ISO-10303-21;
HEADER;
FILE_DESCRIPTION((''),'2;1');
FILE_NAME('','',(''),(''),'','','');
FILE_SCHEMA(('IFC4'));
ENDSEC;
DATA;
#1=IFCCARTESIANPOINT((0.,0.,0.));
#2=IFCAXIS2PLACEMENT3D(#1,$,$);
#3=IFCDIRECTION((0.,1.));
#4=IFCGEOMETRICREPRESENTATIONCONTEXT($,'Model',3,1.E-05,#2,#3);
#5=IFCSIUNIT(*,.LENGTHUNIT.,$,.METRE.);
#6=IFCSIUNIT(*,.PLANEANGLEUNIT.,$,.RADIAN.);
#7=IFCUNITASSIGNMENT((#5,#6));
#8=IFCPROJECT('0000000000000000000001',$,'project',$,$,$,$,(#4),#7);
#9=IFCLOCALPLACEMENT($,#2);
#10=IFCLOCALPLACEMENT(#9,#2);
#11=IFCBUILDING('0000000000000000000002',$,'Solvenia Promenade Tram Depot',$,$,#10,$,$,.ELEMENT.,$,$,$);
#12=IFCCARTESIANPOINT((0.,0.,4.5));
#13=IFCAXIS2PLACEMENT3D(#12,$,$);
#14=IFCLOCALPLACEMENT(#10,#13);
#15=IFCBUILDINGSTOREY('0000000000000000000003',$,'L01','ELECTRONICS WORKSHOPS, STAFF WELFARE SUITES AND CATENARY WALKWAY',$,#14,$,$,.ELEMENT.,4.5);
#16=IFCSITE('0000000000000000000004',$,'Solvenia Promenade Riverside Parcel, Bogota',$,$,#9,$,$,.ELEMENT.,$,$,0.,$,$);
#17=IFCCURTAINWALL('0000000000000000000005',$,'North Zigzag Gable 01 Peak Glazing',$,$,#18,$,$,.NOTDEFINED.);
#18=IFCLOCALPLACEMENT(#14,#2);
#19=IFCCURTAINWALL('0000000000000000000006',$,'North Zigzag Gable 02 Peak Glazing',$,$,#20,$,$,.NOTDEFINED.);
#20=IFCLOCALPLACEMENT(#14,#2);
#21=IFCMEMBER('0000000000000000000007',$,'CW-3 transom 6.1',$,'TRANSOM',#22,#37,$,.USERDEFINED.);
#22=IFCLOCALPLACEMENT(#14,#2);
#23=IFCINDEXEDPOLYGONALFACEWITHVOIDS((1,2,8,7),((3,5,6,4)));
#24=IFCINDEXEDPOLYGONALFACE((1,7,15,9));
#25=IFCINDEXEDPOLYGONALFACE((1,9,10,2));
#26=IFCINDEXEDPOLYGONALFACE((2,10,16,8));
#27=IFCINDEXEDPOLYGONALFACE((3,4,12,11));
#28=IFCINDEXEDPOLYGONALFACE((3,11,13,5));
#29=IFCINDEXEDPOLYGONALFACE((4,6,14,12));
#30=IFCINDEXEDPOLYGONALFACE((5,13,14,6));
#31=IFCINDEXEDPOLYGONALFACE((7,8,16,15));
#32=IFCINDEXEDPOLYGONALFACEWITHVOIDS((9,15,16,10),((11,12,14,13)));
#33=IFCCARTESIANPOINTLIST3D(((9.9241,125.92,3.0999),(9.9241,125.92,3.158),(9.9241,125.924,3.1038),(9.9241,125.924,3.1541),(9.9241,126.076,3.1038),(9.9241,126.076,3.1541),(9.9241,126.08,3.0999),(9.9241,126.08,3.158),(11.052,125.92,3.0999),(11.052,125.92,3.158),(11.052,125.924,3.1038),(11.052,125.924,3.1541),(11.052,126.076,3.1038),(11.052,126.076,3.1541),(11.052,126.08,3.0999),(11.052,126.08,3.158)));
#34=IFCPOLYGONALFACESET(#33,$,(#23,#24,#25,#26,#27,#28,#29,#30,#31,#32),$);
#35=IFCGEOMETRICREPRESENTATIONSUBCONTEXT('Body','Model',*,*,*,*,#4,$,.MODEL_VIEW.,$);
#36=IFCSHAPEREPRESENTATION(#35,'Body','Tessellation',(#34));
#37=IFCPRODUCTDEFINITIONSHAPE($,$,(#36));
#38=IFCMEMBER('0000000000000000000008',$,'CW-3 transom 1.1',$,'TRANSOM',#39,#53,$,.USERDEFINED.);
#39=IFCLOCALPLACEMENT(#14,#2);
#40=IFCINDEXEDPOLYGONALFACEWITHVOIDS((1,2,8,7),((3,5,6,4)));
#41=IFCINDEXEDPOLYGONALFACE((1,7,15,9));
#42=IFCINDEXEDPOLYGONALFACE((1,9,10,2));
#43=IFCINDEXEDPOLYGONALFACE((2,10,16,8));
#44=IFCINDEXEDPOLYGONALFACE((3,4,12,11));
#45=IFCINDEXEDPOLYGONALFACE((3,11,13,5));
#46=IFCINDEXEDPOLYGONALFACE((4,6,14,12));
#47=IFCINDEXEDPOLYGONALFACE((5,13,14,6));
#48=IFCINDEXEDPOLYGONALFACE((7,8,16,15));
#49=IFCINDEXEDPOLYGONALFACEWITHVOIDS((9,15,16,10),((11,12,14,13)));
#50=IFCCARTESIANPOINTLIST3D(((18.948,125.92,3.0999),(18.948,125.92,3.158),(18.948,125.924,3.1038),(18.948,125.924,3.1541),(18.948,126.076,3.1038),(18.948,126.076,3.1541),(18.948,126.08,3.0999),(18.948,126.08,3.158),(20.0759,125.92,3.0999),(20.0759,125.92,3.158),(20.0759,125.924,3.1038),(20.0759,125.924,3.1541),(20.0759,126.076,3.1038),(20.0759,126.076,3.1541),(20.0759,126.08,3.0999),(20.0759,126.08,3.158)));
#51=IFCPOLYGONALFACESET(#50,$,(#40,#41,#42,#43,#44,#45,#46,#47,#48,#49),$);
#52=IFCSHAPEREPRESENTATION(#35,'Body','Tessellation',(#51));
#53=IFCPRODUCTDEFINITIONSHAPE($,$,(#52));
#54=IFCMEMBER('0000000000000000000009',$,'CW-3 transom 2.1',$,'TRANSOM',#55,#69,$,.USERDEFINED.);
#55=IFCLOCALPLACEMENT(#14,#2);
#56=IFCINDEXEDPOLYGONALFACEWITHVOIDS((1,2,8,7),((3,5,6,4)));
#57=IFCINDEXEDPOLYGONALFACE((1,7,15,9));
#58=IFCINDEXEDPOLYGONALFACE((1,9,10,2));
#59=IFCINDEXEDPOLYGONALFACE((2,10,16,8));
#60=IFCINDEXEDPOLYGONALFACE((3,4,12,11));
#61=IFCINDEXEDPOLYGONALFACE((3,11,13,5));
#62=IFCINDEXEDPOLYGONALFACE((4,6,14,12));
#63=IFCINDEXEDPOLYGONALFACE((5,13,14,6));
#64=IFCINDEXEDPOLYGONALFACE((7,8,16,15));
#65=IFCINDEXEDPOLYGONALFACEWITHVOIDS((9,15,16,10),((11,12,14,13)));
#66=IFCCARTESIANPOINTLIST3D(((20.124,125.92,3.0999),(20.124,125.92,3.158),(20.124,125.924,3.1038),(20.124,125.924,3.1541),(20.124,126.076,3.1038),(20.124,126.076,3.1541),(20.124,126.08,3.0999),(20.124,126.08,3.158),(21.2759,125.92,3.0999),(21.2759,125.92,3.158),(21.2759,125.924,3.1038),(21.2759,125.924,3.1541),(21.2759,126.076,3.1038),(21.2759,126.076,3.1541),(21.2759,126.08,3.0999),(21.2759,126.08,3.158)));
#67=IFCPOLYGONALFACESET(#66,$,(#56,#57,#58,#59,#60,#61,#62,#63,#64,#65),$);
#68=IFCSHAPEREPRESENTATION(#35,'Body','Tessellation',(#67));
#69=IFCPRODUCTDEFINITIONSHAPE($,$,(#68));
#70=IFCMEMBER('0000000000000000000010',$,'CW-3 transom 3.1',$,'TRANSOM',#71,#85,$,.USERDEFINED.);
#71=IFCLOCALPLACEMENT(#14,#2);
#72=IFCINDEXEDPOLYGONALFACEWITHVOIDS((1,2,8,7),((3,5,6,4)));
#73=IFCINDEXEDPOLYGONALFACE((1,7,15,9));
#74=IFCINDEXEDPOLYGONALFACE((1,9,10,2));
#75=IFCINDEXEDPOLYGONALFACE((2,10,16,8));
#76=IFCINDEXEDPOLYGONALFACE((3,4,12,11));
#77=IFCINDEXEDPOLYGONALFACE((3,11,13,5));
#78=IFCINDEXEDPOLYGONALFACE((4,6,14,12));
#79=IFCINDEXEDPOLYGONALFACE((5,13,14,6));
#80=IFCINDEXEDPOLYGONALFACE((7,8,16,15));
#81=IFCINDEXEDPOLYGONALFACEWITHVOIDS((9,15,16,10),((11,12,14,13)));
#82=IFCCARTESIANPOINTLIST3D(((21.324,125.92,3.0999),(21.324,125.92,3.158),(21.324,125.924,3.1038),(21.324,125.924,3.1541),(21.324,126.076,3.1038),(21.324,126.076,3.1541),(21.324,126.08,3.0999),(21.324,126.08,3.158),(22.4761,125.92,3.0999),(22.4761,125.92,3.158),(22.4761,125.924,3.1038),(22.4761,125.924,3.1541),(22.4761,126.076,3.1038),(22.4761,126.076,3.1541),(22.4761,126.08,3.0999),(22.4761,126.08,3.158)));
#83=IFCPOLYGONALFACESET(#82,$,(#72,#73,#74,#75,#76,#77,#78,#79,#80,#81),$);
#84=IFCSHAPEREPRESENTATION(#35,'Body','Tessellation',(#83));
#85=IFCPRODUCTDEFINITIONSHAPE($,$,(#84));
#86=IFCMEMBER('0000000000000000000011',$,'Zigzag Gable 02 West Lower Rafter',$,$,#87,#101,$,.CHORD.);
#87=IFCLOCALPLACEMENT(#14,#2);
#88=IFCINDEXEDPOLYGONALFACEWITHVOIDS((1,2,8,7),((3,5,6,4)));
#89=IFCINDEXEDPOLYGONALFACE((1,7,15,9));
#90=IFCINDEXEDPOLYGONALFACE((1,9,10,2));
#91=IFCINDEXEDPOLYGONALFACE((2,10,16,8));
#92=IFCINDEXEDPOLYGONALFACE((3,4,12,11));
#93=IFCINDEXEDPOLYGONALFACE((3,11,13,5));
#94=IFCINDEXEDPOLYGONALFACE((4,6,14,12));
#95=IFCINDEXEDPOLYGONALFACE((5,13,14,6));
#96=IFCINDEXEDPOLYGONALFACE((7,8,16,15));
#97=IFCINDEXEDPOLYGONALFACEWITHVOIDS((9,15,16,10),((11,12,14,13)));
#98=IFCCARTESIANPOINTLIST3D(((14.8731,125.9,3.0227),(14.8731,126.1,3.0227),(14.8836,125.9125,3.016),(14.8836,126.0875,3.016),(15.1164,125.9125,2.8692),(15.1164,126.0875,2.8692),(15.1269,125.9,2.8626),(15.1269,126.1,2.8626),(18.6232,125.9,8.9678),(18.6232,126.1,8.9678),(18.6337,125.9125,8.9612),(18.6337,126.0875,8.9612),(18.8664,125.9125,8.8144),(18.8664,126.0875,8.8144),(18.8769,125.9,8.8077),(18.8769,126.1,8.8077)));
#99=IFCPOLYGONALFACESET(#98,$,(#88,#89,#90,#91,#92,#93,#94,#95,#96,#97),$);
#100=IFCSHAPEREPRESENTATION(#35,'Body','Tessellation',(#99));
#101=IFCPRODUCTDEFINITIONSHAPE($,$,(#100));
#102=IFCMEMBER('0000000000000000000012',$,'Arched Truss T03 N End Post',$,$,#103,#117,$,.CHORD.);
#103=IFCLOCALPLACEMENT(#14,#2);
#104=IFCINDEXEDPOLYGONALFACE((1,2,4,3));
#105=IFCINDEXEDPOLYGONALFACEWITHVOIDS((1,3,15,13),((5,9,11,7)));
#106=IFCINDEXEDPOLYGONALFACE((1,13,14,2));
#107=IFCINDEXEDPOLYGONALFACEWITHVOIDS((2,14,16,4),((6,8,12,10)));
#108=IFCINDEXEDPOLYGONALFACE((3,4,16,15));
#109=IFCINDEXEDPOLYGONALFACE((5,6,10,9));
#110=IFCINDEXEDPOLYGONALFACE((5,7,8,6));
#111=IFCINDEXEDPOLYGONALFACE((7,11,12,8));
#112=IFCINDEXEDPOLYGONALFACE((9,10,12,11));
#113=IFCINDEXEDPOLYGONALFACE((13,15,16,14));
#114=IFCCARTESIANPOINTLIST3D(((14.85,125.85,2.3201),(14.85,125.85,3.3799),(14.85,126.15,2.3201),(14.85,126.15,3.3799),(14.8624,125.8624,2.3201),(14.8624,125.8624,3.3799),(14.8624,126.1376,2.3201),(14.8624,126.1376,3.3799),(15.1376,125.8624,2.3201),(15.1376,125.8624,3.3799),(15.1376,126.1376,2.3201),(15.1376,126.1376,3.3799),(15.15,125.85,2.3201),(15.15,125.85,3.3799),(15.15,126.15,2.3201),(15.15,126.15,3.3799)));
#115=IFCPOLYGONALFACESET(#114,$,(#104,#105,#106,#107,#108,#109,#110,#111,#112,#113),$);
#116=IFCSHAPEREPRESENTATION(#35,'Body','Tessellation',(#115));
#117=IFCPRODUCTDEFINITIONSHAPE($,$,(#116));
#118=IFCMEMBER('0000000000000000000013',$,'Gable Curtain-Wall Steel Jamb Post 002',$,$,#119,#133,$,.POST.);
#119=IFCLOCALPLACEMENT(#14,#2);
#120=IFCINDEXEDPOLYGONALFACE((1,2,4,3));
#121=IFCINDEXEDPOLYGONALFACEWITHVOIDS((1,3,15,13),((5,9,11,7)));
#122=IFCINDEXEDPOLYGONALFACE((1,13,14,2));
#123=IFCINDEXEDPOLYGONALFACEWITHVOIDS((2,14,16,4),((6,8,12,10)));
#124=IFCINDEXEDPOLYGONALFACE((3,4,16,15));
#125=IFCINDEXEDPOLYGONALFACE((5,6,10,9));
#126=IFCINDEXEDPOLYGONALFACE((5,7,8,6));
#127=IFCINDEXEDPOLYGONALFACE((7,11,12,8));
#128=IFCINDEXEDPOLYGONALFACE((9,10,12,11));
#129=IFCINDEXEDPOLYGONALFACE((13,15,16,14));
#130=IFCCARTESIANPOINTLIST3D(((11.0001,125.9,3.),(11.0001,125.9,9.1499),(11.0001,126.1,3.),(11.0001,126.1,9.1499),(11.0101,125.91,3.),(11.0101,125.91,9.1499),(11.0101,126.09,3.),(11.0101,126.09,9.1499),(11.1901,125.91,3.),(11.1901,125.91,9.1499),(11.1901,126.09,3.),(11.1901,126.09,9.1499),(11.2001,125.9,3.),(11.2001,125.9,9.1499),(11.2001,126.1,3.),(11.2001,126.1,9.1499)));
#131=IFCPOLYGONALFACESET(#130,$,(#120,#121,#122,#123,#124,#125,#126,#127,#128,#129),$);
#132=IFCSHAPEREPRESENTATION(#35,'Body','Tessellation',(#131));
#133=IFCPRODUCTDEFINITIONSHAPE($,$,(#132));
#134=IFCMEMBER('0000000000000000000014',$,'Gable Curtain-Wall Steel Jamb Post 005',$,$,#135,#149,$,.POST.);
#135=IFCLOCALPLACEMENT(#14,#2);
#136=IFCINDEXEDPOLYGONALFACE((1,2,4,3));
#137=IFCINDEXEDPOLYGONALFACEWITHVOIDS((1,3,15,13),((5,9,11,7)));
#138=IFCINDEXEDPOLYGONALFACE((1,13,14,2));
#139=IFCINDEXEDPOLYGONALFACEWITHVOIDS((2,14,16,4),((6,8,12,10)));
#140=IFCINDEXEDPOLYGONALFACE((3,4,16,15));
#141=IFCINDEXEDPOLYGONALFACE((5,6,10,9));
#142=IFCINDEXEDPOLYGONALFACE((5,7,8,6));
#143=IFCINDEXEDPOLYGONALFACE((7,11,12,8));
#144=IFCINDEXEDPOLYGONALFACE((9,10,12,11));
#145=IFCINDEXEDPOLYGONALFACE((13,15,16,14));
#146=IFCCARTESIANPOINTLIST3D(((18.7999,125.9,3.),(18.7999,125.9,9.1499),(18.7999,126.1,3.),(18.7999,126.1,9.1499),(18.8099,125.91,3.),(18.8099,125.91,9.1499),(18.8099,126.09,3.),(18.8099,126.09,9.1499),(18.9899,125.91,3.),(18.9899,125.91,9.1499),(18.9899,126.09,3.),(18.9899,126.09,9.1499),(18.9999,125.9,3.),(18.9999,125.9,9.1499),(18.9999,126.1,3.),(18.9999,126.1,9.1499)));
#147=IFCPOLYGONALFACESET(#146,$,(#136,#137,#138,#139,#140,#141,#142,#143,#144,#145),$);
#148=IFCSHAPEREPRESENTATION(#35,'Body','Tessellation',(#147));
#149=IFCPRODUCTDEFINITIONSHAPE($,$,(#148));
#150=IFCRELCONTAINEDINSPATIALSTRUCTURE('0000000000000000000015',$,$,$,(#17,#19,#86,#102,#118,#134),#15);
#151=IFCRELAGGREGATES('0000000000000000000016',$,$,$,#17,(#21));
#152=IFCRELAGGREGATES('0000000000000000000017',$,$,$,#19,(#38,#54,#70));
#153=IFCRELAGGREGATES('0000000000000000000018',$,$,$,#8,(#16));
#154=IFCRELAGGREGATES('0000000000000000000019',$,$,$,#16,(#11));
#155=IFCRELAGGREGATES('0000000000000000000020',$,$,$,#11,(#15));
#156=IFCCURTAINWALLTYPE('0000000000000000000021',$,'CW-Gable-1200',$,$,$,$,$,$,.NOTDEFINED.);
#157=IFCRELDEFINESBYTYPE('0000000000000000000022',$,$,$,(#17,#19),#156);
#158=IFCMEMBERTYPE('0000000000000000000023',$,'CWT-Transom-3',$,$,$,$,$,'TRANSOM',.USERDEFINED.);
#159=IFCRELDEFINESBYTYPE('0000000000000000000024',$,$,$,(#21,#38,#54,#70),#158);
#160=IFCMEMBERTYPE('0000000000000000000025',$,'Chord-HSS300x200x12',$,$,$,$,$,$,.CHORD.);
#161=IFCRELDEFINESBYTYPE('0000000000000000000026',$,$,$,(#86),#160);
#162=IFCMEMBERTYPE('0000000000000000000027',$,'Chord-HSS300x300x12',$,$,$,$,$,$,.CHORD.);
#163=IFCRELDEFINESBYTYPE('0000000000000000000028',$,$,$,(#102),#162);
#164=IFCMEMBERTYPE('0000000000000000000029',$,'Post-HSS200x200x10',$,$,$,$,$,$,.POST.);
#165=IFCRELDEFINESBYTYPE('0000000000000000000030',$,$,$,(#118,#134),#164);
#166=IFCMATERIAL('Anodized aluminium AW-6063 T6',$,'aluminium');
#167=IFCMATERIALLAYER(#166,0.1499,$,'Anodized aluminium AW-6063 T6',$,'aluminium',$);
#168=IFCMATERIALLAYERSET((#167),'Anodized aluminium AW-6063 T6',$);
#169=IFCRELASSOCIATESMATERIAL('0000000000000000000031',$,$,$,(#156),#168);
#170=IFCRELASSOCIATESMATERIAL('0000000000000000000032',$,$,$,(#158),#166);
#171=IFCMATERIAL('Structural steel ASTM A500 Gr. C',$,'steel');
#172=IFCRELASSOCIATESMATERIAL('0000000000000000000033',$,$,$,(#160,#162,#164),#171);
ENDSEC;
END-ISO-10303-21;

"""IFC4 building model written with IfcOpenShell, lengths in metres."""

from ifc_helpers import new_model, si_unit, direction, frame, origin, origin_2d, place, context, subcontext, project, spatial, hollow_rectangle, extrude, material, layer, layer_set, material_profile, profile_set, type_object, element, aggregate, save


model = new_model("IFC4")

# Units and contexts
model_context = context("Model", 3, precision=1e-05, world=origin(), true_north=direction((0.0, 1.0)))
body_context = subcontext(model_context, "Body", "Model", "MODEL_VIEW")
ifc_project = project(units=[si_unit("LENGTHUNIT", "METRE"), si_unit("PLANEANGLEUNIT", "RADIAN")], contexts=[model_context])

# Site, building, storey
site_placement = place(None, origin())
site = spatial("IfcSite", under=ifc_project, at=site_placement, Name="Solvenia Promenade Riverside Parcel, Bogota", CompositionType="ELEMENT", RefElevation=0.0)
building_placement = place(site_placement, origin())
building = spatial("IfcBuilding", under=site, at=building_placement, Name="Solvenia Promenade Tram Depot", CompositionType="ELEMENT")
storey_placement = place(building_placement, frame((0.0, 0.0, 4.5)))
storey = spatial("IfcBuildingStorey", under=building, at=storey_placement, Name="L01", Description="ELECTRONICS WORKSHOPS, STAFF WELFARE SUITES AND CATENARY WALKWAY", CompositionType="ELEMENT", Elevation=4.5)

# Curtain walls
ifc_material_1 = material(Name="Anodized aluminium AW-6063 T6", Category="aluminium")
ifc_layer_1 = layer(ifc_material_1, 0.1499, Name="Anodized aluminium AW-6063 T6", Category="aluminium")
ifc_layer_set_1 = layer_set([ifc_layer_1], Name="Anodized aluminium AW-6063 T6")
curtain_wall_type = type_object("IfcCurtainWallType", Name="CW-Gable-1200", PredefinedType="NOTDEFINED", material=ifc_layer_set_1)
curtain_wall_1_placement = place(storey_placement, origin())
curtain_wall_1 = element("IfcCurtainWall", 1, at=curtain_wall_1_placement, inside=storey, type_object=curtain_wall_type, Name="North Zigzag Gable 01 Peak Glazing", PredefinedType="NOTDEFINED")
curtain_wall_2_placement = place(storey_placement, origin())
curtain_wall_2 = element("IfcCurtainWall", 2, at=curtain_wall_2_placement, inside=storey, type_object=curtain_wall_type, Name="North Zigzag Gable 02 Peak Glazing", PredefinedType="NOTDEFINED")

# Members
ifc_material_profile_1 = material_profile(ifc_material_1, hollow_rectangle(XDim=0.1599, YDim=0.0581, WallThickness=0.0039, at=origin_2d()), Name="ALU-T3", Category="aluminium")
ifc_profile_set_1 = profile_set([ifc_material_profile_1], Name="Anodized aluminium AW-6063 T6")
member_type_1 = type_object("IfcMemberType", Name="CWT-Transom-3", ElementType="TRANSOM", PredefinedType="USERDEFINED", material=ifc_profile_set_1)
member_1_placement = place(storey_placement, frame((9.9241, 126.0, 3.1289), z_axis=(1.0, 0.0, 0.0), x_axis=(0.0, 1.0, 0.0)))
member_1 = element("IfcMember", 3, at=member_1_placement, type_object=member_type_1, Name="CW-3 transom 6.1", ObjectType="TRANSOM", PredefinedType="USERDEFINED", context=body_context, shape_type="SweptSolid", body=[
    extrude(hollow_rectangle(XDim=0.1599, YDim=0.0581, WallThickness=0.0039, at=origin_2d()), origin(), (0.0, 0.0, 1.0), 1.1279),
])
member_2_placement = place(storey_placement, frame((18.948, 126.0, 3.1289), z_axis=(1.0, 0.0, 0.0), x_axis=(0.0, 1.0, 0.0)))
member_2 = element("IfcMember", 4, at=member_2_placement, type_object=member_type_1, Name="CW-3 transom 1.1", ObjectType="TRANSOM", PredefinedType="USERDEFINED", context=body_context, shape_type="SweptSolid", body=[
    extrude(hollow_rectangle(XDim=0.1599, YDim=0.0581, WallThickness=0.0039, at=origin_2d()), origin(), (0.0, 0.0, 1.0), 1.1279),
])
member_3_placement = place(storey_placement, frame((20.124, 126.0, 3.1289), z_axis=(1.0, 0.0, 0.0), x_axis=(0.0, 1.0, 0.0)))
member_3 = element("IfcMember", 5, at=member_3_placement, type_object=member_type_1, Name="CW-3 transom 2.1", ObjectType="TRANSOM", PredefinedType="USERDEFINED", context=body_context, shape_type="SweptSolid", body=[
    extrude(hollow_rectangle(XDim=0.1599, YDim=0.0581, WallThickness=0.0039, at=origin_2d()), origin(), (0.0, 0.0, 1.0), 1.1519),
])
member_4_placement = place(storey_placement, frame((21.324, 126.0, 3.1289), z_axis=(1.0, 0.0, 0.0), x_axis=(0.0, 1.0, 0.0)))
member_4 = element("IfcMember", 6, at=member_4_placement, type_object=member_type_1, Name="CW-3 transom 3.1", ObjectType="TRANSOM", PredefinedType="USERDEFINED", context=body_context, shape_type="SweptSolid", body=[
    extrude(hollow_rectangle(XDim=0.1599, YDim=0.0581, WallThickness=0.0039, at=origin_2d()), origin(), (0.0, 0.0, 1.0), 1.1521),
])

# Members
ifc_material_2 = material(Name="Structural steel ASTM A500 Gr. C", Category="steel")
ifc_material_profile_2 = material_profile(ifc_material_2, hollow_rectangle(XDim=0.2, YDim=0.3, WallThickness=0.0125, at=origin_2d()), Name="HSS300x200x12.5", Category="steel")
ifc_profile_set_2 = profile_set([ifc_material_profile_2], Name="Structural steel ASTM A500 Gr. C")
member_type_2 = type_object("IfcMemberType", Name="Chord-HSS300x200x12", PredefinedType="CHORD", material=ifc_profile_set_2)
member_5_placement = place(storey_placement, frame((15.0, 126.0, 2.9426), z_axis=(0.533507, 0.0, 0.845796), x_axis=(0.0, 1.0, 0.0)))
element("IfcMember", 7, at=member_5_placement, inside=storey, type_object=member_type_2, Name="Zigzag Gable 02 West Lower Rafter", PredefinedType="CHORD", context=body_context, shape_type="SweptSolid", body=[
    extrude(hollow_rectangle(XDim=0.2, YDim=0.3, WallThickness=0.0125, at=origin_2d()), origin(), (0.0, 0.0, 1.0), 7.0291),
])
ifc_material_profile_3 = material_profile(ifc_material_2, hollow_rectangle(XDim=0.3, YDim=0.3, WallThickness=0.0125, at=origin_2d()), Name="HSS300x300x12.5", Category="steel")
ifc_profile_set_3 = profile_set([ifc_material_profile_3], Name="Structural steel ASTM A500 Gr. C")
member_type_3 = type_object("IfcMemberType", Name="Chord-HSS300x300x12", PredefinedType="CHORD", material=ifc_profile_set_3)
member_6_placement = place(storey_placement, frame((15.0, 126.0, 2.3201), z_axis=(0.0, 0.0, 1.0), x_axis=(1.0, 0.0, 0.0)))
element("IfcMember", 8, at=member_6_placement, inside=storey, type_object=member_type_3, Name="Arched Truss T03 N End Post", PredefinedType="CHORD", context=body_context, shape_type="SweptSolid", body=[
    extrude(hollow_rectangle(XDim=0.3, YDim=0.3, WallThickness=0.0125, at=origin_2d()), origin(), (0.0, 0.0, 1.0), 1.0598),
])
ifc_material_profile_4 = material_profile(ifc_material_2, hollow_rectangle(XDim=0.2, YDim=0.2, WallThickness=0.01, at=origin_2d()), Name="HSS200x200x10", Category="steel")
ifc_profile_set_4 = profile_set([ifc_material_profile_4], Name="Structural steel ASTM A500 Gr. C")
member_type_4 = type_object("IfcMemberType", Name="Post-HSS200x200x10", PredefinedType="POST", material=ifc_profile_set_4)
for number, where, z_axis, x_axis, name in (
    (9, (11.1001, 126.0, 3.0), (0.0, 0.0, 1.0), (1.0, 0.0, 0.0), "Gable Curtain-Wall Steel Jamb Post 002"),
    (10, (18.8999, 126.0, 3.0), (0.0, 0.0, 1.0), (1.0, 0.0, 0.0), "Gable Curtain-Wall Steel Jamb Post 005"),
):
    element("IfcMember", number, at=place(storey_placement, frame(where, z_axis=z_axis, x_axis=x_axis)), inside=storey, type_object=member_type_4, Name=name, PredefinedType="POST", context=body_context, shape_type="SweptSolid", body=[
        extrude(hollow_rectangle(XDim=0.2, YDim=0.2, WallThickness=0.01, at=origin_2d()), origin(), (0.0, 0.0, 1.0), 6.1499),
    ])

aggregate(curtain_wall_1, [member_1])
aggregate(curtain_wall_2, [member_2, member_3, member_4])

save(model, "model.ifc")
